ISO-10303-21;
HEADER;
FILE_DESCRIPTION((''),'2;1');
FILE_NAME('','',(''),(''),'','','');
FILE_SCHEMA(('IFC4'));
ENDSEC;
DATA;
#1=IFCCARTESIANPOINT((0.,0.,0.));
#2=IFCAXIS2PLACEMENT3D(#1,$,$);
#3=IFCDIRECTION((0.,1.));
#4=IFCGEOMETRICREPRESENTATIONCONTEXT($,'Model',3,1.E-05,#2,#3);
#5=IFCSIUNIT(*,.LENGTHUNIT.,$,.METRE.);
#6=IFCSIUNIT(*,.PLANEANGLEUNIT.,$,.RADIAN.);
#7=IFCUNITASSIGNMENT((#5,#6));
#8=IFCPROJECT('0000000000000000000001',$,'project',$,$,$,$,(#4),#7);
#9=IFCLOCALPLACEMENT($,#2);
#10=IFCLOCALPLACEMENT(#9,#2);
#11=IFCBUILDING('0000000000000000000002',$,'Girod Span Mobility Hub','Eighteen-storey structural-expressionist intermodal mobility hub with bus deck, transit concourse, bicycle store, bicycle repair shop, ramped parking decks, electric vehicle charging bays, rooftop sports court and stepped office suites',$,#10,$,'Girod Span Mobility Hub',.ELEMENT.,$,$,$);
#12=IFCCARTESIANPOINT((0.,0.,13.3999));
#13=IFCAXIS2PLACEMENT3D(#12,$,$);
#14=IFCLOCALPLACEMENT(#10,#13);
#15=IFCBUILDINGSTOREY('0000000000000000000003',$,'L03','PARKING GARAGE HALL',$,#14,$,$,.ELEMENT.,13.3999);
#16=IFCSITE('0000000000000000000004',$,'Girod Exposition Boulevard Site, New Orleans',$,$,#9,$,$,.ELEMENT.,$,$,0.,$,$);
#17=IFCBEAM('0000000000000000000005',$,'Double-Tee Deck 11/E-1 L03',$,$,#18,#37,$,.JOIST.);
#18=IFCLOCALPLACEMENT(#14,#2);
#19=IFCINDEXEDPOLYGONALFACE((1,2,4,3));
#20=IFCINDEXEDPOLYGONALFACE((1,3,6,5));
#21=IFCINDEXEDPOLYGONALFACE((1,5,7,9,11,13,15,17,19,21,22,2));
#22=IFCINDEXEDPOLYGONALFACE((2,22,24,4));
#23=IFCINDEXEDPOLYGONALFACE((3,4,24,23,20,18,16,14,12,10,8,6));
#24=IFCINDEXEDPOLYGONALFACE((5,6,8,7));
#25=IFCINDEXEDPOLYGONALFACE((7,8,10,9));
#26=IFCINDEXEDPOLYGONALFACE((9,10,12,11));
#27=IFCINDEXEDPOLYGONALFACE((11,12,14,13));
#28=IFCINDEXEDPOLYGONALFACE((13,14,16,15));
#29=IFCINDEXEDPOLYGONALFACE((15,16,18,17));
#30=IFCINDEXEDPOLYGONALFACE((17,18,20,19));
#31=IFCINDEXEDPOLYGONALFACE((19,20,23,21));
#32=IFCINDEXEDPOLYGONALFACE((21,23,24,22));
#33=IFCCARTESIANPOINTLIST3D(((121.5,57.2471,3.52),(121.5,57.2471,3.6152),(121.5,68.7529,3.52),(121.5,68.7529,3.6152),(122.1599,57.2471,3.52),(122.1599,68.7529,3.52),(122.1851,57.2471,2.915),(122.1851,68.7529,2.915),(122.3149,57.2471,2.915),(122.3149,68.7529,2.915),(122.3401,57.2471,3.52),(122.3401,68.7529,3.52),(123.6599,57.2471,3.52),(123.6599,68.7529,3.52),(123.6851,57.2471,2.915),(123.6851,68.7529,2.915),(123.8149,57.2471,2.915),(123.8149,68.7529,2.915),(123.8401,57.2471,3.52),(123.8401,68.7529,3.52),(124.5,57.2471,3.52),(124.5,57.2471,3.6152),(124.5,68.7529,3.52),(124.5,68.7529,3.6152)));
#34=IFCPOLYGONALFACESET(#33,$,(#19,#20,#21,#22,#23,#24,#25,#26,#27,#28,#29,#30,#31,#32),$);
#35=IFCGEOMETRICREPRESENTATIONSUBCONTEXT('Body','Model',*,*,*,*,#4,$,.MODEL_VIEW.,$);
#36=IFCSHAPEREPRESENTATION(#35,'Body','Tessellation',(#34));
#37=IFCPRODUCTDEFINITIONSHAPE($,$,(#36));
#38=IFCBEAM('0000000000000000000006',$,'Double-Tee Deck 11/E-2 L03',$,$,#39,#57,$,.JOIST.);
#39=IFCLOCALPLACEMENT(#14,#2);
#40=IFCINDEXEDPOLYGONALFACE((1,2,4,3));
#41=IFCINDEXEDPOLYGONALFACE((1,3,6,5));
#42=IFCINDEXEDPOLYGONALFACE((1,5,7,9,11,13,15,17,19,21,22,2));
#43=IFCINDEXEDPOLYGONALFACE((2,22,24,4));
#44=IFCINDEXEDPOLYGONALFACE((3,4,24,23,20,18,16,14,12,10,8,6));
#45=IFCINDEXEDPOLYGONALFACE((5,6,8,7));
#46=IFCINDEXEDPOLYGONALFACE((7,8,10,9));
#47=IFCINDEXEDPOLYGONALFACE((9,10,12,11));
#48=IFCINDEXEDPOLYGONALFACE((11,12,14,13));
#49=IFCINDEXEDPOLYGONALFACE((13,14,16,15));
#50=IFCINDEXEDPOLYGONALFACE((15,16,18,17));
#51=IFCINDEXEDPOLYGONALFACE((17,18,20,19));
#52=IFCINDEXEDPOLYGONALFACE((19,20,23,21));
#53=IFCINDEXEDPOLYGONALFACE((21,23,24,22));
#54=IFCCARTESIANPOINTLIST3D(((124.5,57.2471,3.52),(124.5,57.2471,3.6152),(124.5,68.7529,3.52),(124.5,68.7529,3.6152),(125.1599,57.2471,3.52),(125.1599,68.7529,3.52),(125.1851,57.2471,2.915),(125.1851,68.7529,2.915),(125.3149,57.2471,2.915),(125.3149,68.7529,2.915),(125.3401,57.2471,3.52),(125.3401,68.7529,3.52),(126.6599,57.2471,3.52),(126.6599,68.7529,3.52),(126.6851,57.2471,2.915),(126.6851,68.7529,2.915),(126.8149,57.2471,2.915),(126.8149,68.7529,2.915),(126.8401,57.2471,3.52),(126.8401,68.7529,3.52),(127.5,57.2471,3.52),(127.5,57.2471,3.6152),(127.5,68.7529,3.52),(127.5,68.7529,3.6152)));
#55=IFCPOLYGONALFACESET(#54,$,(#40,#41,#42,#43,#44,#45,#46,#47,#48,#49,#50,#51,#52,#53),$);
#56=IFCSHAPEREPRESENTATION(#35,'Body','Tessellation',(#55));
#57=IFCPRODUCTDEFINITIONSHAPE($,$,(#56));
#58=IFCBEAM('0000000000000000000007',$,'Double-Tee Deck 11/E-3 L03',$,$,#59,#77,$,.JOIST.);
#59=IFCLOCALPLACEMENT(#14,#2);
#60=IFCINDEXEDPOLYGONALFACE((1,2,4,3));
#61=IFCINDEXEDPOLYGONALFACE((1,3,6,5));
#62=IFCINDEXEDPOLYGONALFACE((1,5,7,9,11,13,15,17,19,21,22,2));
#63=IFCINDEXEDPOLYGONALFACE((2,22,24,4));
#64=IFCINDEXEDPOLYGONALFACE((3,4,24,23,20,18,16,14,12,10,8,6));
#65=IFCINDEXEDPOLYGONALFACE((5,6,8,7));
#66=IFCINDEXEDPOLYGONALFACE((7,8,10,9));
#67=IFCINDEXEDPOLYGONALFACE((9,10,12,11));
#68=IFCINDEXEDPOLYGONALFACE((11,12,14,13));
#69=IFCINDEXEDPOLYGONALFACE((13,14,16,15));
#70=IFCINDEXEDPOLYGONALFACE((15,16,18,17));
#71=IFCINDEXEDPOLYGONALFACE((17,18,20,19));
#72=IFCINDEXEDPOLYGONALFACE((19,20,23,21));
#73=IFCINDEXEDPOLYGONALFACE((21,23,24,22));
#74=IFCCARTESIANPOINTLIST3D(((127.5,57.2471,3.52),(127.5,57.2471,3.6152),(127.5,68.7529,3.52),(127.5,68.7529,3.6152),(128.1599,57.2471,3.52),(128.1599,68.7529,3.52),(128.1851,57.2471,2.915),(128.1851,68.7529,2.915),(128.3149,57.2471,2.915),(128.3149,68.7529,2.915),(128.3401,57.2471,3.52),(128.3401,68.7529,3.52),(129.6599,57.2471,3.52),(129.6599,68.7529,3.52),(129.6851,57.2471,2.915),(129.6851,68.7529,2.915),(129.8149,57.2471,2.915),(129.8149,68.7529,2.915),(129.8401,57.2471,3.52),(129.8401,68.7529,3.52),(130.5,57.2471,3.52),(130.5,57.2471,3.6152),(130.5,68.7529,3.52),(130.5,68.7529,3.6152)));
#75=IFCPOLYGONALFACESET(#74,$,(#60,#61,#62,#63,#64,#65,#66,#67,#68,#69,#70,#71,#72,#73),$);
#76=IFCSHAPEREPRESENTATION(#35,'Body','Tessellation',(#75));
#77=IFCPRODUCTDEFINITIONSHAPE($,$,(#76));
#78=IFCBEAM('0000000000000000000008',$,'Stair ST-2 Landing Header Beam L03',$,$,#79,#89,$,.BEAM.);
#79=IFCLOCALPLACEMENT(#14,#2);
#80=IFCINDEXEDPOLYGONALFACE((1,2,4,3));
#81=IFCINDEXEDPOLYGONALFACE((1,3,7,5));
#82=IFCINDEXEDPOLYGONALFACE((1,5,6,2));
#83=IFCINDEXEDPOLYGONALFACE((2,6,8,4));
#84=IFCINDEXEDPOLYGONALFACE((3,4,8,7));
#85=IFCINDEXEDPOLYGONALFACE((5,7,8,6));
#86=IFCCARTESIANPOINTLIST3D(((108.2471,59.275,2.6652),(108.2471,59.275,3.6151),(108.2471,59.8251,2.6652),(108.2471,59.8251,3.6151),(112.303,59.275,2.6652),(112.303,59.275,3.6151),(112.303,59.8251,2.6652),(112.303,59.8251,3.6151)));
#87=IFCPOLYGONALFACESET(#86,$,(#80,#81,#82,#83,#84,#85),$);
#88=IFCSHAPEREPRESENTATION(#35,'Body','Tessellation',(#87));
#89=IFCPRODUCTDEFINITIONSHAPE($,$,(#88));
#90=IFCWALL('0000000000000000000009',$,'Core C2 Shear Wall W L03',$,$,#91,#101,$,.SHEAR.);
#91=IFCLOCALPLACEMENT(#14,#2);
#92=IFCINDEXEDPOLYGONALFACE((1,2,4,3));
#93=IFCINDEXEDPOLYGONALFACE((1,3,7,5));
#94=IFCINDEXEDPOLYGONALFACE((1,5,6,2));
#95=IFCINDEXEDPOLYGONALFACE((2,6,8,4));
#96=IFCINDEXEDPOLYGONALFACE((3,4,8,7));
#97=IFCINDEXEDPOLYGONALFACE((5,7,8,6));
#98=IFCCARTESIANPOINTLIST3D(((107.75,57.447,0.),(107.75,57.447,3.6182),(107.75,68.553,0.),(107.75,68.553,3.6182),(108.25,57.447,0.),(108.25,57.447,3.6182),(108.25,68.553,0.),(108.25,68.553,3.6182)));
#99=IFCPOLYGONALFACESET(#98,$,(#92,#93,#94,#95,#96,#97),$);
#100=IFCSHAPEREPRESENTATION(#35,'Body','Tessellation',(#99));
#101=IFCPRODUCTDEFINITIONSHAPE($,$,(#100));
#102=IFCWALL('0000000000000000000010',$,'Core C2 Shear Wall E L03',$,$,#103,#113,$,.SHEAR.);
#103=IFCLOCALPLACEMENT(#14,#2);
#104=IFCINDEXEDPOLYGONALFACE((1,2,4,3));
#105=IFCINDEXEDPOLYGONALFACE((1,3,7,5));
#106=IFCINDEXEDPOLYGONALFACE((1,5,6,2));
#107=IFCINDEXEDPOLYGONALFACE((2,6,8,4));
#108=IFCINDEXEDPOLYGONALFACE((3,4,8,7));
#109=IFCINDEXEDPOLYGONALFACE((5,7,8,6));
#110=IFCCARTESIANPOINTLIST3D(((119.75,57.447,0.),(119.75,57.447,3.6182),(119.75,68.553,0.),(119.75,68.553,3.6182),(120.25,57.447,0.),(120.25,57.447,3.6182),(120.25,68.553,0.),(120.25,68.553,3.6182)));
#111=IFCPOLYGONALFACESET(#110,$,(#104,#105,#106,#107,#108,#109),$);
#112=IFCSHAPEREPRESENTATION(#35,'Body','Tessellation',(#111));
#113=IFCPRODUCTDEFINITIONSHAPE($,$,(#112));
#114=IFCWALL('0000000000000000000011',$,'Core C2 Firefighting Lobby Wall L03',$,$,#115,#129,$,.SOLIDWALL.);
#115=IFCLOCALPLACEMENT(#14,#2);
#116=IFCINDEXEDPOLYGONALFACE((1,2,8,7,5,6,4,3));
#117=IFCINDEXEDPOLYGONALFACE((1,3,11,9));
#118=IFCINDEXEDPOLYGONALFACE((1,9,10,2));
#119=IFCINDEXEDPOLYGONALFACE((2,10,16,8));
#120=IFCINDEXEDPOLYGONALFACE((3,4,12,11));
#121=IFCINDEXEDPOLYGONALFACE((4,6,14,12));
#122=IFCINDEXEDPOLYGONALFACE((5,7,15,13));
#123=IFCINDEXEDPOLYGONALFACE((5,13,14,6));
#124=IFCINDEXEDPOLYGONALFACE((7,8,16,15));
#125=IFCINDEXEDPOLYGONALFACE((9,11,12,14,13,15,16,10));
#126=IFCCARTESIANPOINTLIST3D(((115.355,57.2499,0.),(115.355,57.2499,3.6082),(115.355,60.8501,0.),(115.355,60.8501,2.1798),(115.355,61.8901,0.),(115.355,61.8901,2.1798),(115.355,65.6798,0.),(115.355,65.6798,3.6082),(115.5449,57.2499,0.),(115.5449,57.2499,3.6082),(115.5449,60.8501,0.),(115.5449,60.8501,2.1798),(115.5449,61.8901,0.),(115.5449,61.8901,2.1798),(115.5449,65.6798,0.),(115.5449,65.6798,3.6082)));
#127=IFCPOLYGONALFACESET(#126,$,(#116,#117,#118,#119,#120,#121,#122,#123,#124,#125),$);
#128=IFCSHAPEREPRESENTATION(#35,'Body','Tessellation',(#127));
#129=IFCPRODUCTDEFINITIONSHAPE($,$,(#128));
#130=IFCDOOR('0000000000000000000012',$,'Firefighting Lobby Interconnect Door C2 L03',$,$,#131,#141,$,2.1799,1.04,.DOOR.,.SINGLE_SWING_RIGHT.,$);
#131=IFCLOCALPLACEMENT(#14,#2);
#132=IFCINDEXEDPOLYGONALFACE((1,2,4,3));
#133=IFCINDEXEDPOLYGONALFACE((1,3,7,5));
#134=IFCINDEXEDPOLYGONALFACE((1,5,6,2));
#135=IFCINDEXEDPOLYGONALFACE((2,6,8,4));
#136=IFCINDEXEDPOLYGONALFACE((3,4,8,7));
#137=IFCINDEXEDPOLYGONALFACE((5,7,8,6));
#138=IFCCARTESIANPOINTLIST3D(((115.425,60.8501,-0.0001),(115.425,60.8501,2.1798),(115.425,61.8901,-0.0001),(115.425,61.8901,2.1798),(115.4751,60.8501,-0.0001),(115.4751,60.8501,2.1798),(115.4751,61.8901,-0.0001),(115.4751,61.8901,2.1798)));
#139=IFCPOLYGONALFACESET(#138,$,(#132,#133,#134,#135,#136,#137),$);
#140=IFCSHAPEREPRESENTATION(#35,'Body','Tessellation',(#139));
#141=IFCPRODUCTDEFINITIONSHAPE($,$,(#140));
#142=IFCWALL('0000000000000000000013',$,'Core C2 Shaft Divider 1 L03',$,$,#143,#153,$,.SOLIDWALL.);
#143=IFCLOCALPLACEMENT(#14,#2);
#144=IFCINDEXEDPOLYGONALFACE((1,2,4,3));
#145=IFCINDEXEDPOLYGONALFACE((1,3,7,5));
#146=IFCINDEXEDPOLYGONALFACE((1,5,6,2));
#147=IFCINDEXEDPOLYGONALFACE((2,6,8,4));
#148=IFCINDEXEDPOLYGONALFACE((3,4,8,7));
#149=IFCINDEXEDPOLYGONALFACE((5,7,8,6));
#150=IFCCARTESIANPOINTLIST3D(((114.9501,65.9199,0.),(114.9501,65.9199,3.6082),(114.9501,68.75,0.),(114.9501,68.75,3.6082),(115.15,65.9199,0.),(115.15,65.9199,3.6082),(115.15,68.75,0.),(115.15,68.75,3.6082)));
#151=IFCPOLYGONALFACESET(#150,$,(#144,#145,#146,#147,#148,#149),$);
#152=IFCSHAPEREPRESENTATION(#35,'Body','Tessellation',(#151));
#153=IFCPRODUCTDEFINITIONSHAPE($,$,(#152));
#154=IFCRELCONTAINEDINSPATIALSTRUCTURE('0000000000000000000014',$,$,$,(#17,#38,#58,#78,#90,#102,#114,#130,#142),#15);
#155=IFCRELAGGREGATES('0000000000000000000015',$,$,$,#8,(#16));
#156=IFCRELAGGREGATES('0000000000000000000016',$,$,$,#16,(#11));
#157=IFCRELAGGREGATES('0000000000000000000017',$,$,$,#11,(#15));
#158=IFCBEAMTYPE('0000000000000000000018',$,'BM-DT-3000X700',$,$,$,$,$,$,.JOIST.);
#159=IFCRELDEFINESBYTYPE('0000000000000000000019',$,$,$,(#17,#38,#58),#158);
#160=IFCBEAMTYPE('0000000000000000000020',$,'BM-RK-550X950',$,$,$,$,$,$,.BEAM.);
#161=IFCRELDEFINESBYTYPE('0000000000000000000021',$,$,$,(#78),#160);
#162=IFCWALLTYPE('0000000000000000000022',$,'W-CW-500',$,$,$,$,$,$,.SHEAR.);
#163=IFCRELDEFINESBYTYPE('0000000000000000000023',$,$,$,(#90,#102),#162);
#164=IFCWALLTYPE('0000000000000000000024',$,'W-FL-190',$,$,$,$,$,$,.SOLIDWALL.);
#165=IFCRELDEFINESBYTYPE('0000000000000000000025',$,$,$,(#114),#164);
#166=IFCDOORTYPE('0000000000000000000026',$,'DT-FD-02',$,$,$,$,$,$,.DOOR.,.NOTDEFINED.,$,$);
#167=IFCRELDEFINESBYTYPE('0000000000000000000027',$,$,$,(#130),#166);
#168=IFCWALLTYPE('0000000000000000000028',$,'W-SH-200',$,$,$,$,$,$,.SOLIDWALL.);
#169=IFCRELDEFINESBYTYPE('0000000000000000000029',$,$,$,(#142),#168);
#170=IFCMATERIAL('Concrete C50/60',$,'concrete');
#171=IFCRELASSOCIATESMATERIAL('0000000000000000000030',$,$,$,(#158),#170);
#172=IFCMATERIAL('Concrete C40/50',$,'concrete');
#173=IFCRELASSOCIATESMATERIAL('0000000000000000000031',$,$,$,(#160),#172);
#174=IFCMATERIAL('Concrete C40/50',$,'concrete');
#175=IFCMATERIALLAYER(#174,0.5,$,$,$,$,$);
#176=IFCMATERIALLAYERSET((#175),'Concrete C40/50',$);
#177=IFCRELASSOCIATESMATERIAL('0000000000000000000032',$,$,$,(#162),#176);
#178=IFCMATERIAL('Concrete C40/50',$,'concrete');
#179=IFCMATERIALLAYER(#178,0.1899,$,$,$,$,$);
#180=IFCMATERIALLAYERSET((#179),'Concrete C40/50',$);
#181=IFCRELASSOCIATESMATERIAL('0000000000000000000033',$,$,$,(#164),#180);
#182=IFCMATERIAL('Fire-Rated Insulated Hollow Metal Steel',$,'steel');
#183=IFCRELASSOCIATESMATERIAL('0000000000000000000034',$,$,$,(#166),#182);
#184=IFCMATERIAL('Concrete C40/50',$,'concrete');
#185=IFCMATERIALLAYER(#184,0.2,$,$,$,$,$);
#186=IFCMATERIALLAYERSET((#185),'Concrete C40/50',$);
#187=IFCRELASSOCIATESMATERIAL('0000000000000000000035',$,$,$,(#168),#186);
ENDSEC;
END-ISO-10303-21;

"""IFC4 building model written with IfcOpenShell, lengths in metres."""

from ifc_helpers import new_model, si_unit, direction, frame, frame_2d, origin, origin_2d, place, context, subcontext, project, spatial, polyline, rectangle, outline, extrude, material, layer, layer_set, material_profile, profile_set, type_object, element, fill, save


model = new_model("IFC4")

# Units and contexts
model_context = context("Model", 3, precision=1e-05, world=origin(), true_north=direction((0.0, 1.0)))
body_context = subcontext(model_context, "Body", "Model", "MODEL_VIEW")
ifc_project = project(units=[si_unit("LENGTHUNIT", "METRE"), si_unit("PLANEANGLEUNIT", "RADIAN")], contexts=[model_context])

# Site, building, storey
site_placement = place(None, origin())
site = spatial("IfcSite", under=ifc_project, at=site_placement, Name="Girod Exposition Boulevard Site, New Orleans", CompositionType="ELEMENT", RefElevation=0.0)
building_placement = place(site_placement, origin())
building = spatial("IfcBuilding", under=site, at=building_placement, Name="Girod Span Mobility Hub", Description="Eighteen-storey structural-expressionist intermodal mobility hub with bus deck, transit concourse, bicycle store, bicycle repair shop, ramped parking decks, electric vehicle charging bays, rooftop sports court and stepped office suites", LongName="Girod Span Mobility Hub", CompositionType="ELEMENT")
storey_placement = place(building_placement, frame((0.0, 0.0, 13.3999)))
storey = spatial("IfcBuildingStorey", under=building, at=storey_placement, Name="L03", Description="PARKING GARAGE HALL", CompositionType="ELEMENT", Elevation=13.3999)

# Beams
ifc_material_1 = material(Name="Concrete C50/60", Category="concrete")
ifc_material_profile_1 = material_profile(ifc_material_1, outline(polyline([(-1.5, 0.3501), (-1.5, 0.2549), (-0.8401, 0.2549), (-0.8149, -0.3501), (-0.6851, -0.3501), (-0.6599, 0.2549), (0.6599, 0.2549), (0.6851, -0.3501), (0.8149, -0.3501), (0.8401, 0.2549), (1.5, 0.2549), (1.5, 0.3501), (-1.5, 0.3501)])), Name="DT-3000X700")
ifc_profile_set_1 = profile_set([ifc_material_profile_1], Name="Concrete C50/60")
beam_type_1 = type_object("IfcBeamType", Name="BM-DT-3000X700", PredefinedType="JOIST", material=ifc_profile_set_1)
for number, where, z_axis, x_axis, name in (
    (1, (123.0, 57.2471, 3.2651), (0.0, 1.0, 0.0), (-1.0, 0.0, 0.0), "Double-Tee Deck 11/E-1 L03"),
    (2, (126.0, 57.2471, 3.2651), (0.0, 1.0, 0.0), (-1.0, 0.0, 0.0), "Double-Tee Deck 11/E-2 L03"),
    (3, (129.0, 57.2471, 3.2651), (0.0, 1.0, 0.0), (-1.0, 0.0, 0.0), "Double-Tee Deck 11/E-3 L03"),
):
    element("IfcBeam", number, at=place(storey_placement, frame(where, z_axis=z_axis, x_axis=x_axis)), inside=storey, type_object=beam_type_1, Name=name, PredefinedType="JOIST", context=body_context, shape_type="SweptSolid", body=[
        extrude(outline(polyline([(-1.5, 0.3501), (-1.5, 0.2549), (-0.8401, 0.2549), (-0.8149, -0.3501), (-0.6851, -0.3501), (-0.6599, 0.2549), (0.6599, 0.2549), (0.6851, -0.3501), (0.8149, -0.3501), (0.8401, 0.2549), (1.5, 0.2549), (1.5, 0.3501), (-1.5, 0.3501)])), origin(), (0.0, 0.0, 1.0), 11.5059),
    ])
ifc_material_2 = material(Name="Concrete C40/50", Category="concrete")
ifc_material_profile_2 = material_profile(ifc_material_2, rectangle(XDim=0.55, YDim=0.95, at=origin_2d()), Name="RK-550X950")
ifc_profile_set_2 = profile_set([ifc_material_profile_2], Name="Concrete C40/50")
beam_type_2 = type_object("IfcBeamType", Name="BM-RK-550X950", PredefinedType="BEAM", material=ifc_profile_set_2)
beam_placement = place(storey_placement, frame((108.2471, 59.55, 3.1401), z_axis=(1.0, 0.0, 0.0), x_axis=(0.0, 1.0, 0.0)))
element("IfcBeam", 4, at=beam_placement, inside=storey, type_object=beam_type_2, Name="Stair ST-2 Landing Header Beam L03", PredefinedType="BEAM", context=body_context, shape_type="SweptSolid", body=[
    extrude(rectangle(XDim=0.55, YDim=0.95, at=origin_2d()), origin(), (0.0, 0.0, 1.0), 4.0559),
])

# Walls
ifc_material_3 = material(Name="Concrete C40/50", Category="concrete")
ifc_layer_1 = layer(ifc_material_3, 0.5)
ifc_layer_set_1 = layer_set([ifc_layer_1], Name="Concrete C40/50")
wall_type_1 = type_object("IfcWallType", Name="W-CW-500", PredefinedType="SHEAR", material=ifc_layer_set_1)
for number, where, z_axis, x_axis, name in (
    (5, (108.0, 57.447, 0.0), (0.0, 0.0, 1.0), (0.0, 1.0, 0.0), "Core C2 Shear Wall W L03"),
    (6, (120.0, 57.447, 0.0), (0.0, 0.0, 1.0), (0.0, 1.0, 0.0), "Core C2 Shear Wall E L03"),
):
    element("IfcWall", number, at=place(storey_placement, frame(where, z_axis=z_axis, x_axis=x_axis)), inside=storey, type_object=wall_type_1, Name=name, PredefinedType="SHEAR", context=body_context, shape_type="SweptSolid", body=[
        extrude(rectangle(XDim=11.106, YDim=0.5, at=frame_2d((5.553, 0.0))), origin(), (0.0, 0.0, 1.0), 3.6182),
    ])

# Wall, opening, door
ifc_material_4 = material(Name="Concrete C40/50", Category="concrete")
ifc_layer_2 = layer(ifc_material_4, 0.1899)
ifc_layer_set_2 = layer_set([ifc_layer_2], Name="Concrete C40/50")
wall_type_2 = type_object("IfcWallType", Name="W-FL-190", PredefinedType="SOLIDWALL", material=ifc_layer_set_2)
wall_1_placement = place(storey_placement, frame((115.45, 57.25, 0.0), z_axis=(0.0, 0.0, 1.0), x_axis=(0.0, 1.0, 0.0)))
wall_1 = element("IfcWall", 7, at=wall_1_placement, inside=storey, type_object=wall_type_2, Name="Core C2 Firefighting Lobby Wall L03", PredefinedType="SOLIDWALL", context=body_context, shape_type="SweptSolid", body=[
    extrude(rectangle(XDim=8.4299, YDim=0.1899, at=frame_2d((4.2148, 0.0))), origin(), (0.0, 0.0, 1.0), 3.6082),
])
opening_1_placement = place(wall_1_placement, frame((3.6001, 0.0, 0.0)))
opening_1 = element("IfcOpeningElement", 8, at=opening_1_placement, cuts=wall_1, PredefinedType="OPENING", context=body_context, shape_type="SweptSolid", body=[
    extrude(rectangle(XDim=1.04, YDim=2.1799, at=frame_2d((0.52, 1.0898))), frame((0.0, 0.1099, 0.0), z_axis=(0.0, -1.0, 0.0), x_axis=(1.0, 0.0, 0.0)), (0.0, 0.0, 1.0), 0.22),
])
ifc_material_5 = material(Name="Fire-Rated Insulated Hollow Metal Steel", Category="steel")
door_type_1 = type_object("IfcDoorType", Name="DT-FD-02", OperationType="NOTDEFINED", PredefinedType="DOOR", material=ifc_material_5)
door_1_placement = place(opening_1_placement, origin())
door_1 = element("IfcDoor", 9, at=door_1_placement, inside=storey, type_object=door_type_1, Name="Firefighting Lobby Interconnect Door C2 L03", OperationType="SINGLE_SWING_RIGHT", OverallHeight=2.1799, OverallWidth=1.04, PredefinedType="DOOR", context=body_context, shape_type="SweptSolid", body=[
    extrude(rectangle(XDim=1.04, YDim=2.1799, at=frame_2d((0.52, 1.0898))), frame((0.0, 0.0249, 0.0), z_axis=(0.0, -1.0, 0.0), x_axis=(1.0, 0.0, 0.0)), (0.0, 0.0, 1.0), 0.05),
])
fill(opening_1, door_1)

# Wall
ifc_material_6 = material(Name="Concrete C40/50", Category="concrete")
ifc_layer_3 = layer(ifc_material_6, 0.2)
ifc_layer_set_3 = layer_set([ifc_layer_3], Name="Concrete C40/50")
wall_type_3 = type_object("IfcWallType", Name="W-SH-200", PredefinedType="SOLIDWALL", material=ifc_layer_set_3)
wall_2_placement = place(storey_placement, frame((115.05, 65.9199, 0.0), z_axis=(0.0, 0.0, 1.0), x_axis=(0.0, 1.0, 0.0)))
element("IfcWall", 10, at=wall_2_placement, inside=storey, type_object=wall_type_3, Name="Core C2 Shaft Divider 1 L03", PredefinedType="SOLIDWALL", context=body_context, shape_type="SweptSolid", body=[
    extrude(rectangle(XDim=2.8301, YDim=0.2, at=frame_2d((1.415, 0.0))), origin(), (0.0, 0.0, 1.0), 3.6082),
])

save(model, "model.ifc")
